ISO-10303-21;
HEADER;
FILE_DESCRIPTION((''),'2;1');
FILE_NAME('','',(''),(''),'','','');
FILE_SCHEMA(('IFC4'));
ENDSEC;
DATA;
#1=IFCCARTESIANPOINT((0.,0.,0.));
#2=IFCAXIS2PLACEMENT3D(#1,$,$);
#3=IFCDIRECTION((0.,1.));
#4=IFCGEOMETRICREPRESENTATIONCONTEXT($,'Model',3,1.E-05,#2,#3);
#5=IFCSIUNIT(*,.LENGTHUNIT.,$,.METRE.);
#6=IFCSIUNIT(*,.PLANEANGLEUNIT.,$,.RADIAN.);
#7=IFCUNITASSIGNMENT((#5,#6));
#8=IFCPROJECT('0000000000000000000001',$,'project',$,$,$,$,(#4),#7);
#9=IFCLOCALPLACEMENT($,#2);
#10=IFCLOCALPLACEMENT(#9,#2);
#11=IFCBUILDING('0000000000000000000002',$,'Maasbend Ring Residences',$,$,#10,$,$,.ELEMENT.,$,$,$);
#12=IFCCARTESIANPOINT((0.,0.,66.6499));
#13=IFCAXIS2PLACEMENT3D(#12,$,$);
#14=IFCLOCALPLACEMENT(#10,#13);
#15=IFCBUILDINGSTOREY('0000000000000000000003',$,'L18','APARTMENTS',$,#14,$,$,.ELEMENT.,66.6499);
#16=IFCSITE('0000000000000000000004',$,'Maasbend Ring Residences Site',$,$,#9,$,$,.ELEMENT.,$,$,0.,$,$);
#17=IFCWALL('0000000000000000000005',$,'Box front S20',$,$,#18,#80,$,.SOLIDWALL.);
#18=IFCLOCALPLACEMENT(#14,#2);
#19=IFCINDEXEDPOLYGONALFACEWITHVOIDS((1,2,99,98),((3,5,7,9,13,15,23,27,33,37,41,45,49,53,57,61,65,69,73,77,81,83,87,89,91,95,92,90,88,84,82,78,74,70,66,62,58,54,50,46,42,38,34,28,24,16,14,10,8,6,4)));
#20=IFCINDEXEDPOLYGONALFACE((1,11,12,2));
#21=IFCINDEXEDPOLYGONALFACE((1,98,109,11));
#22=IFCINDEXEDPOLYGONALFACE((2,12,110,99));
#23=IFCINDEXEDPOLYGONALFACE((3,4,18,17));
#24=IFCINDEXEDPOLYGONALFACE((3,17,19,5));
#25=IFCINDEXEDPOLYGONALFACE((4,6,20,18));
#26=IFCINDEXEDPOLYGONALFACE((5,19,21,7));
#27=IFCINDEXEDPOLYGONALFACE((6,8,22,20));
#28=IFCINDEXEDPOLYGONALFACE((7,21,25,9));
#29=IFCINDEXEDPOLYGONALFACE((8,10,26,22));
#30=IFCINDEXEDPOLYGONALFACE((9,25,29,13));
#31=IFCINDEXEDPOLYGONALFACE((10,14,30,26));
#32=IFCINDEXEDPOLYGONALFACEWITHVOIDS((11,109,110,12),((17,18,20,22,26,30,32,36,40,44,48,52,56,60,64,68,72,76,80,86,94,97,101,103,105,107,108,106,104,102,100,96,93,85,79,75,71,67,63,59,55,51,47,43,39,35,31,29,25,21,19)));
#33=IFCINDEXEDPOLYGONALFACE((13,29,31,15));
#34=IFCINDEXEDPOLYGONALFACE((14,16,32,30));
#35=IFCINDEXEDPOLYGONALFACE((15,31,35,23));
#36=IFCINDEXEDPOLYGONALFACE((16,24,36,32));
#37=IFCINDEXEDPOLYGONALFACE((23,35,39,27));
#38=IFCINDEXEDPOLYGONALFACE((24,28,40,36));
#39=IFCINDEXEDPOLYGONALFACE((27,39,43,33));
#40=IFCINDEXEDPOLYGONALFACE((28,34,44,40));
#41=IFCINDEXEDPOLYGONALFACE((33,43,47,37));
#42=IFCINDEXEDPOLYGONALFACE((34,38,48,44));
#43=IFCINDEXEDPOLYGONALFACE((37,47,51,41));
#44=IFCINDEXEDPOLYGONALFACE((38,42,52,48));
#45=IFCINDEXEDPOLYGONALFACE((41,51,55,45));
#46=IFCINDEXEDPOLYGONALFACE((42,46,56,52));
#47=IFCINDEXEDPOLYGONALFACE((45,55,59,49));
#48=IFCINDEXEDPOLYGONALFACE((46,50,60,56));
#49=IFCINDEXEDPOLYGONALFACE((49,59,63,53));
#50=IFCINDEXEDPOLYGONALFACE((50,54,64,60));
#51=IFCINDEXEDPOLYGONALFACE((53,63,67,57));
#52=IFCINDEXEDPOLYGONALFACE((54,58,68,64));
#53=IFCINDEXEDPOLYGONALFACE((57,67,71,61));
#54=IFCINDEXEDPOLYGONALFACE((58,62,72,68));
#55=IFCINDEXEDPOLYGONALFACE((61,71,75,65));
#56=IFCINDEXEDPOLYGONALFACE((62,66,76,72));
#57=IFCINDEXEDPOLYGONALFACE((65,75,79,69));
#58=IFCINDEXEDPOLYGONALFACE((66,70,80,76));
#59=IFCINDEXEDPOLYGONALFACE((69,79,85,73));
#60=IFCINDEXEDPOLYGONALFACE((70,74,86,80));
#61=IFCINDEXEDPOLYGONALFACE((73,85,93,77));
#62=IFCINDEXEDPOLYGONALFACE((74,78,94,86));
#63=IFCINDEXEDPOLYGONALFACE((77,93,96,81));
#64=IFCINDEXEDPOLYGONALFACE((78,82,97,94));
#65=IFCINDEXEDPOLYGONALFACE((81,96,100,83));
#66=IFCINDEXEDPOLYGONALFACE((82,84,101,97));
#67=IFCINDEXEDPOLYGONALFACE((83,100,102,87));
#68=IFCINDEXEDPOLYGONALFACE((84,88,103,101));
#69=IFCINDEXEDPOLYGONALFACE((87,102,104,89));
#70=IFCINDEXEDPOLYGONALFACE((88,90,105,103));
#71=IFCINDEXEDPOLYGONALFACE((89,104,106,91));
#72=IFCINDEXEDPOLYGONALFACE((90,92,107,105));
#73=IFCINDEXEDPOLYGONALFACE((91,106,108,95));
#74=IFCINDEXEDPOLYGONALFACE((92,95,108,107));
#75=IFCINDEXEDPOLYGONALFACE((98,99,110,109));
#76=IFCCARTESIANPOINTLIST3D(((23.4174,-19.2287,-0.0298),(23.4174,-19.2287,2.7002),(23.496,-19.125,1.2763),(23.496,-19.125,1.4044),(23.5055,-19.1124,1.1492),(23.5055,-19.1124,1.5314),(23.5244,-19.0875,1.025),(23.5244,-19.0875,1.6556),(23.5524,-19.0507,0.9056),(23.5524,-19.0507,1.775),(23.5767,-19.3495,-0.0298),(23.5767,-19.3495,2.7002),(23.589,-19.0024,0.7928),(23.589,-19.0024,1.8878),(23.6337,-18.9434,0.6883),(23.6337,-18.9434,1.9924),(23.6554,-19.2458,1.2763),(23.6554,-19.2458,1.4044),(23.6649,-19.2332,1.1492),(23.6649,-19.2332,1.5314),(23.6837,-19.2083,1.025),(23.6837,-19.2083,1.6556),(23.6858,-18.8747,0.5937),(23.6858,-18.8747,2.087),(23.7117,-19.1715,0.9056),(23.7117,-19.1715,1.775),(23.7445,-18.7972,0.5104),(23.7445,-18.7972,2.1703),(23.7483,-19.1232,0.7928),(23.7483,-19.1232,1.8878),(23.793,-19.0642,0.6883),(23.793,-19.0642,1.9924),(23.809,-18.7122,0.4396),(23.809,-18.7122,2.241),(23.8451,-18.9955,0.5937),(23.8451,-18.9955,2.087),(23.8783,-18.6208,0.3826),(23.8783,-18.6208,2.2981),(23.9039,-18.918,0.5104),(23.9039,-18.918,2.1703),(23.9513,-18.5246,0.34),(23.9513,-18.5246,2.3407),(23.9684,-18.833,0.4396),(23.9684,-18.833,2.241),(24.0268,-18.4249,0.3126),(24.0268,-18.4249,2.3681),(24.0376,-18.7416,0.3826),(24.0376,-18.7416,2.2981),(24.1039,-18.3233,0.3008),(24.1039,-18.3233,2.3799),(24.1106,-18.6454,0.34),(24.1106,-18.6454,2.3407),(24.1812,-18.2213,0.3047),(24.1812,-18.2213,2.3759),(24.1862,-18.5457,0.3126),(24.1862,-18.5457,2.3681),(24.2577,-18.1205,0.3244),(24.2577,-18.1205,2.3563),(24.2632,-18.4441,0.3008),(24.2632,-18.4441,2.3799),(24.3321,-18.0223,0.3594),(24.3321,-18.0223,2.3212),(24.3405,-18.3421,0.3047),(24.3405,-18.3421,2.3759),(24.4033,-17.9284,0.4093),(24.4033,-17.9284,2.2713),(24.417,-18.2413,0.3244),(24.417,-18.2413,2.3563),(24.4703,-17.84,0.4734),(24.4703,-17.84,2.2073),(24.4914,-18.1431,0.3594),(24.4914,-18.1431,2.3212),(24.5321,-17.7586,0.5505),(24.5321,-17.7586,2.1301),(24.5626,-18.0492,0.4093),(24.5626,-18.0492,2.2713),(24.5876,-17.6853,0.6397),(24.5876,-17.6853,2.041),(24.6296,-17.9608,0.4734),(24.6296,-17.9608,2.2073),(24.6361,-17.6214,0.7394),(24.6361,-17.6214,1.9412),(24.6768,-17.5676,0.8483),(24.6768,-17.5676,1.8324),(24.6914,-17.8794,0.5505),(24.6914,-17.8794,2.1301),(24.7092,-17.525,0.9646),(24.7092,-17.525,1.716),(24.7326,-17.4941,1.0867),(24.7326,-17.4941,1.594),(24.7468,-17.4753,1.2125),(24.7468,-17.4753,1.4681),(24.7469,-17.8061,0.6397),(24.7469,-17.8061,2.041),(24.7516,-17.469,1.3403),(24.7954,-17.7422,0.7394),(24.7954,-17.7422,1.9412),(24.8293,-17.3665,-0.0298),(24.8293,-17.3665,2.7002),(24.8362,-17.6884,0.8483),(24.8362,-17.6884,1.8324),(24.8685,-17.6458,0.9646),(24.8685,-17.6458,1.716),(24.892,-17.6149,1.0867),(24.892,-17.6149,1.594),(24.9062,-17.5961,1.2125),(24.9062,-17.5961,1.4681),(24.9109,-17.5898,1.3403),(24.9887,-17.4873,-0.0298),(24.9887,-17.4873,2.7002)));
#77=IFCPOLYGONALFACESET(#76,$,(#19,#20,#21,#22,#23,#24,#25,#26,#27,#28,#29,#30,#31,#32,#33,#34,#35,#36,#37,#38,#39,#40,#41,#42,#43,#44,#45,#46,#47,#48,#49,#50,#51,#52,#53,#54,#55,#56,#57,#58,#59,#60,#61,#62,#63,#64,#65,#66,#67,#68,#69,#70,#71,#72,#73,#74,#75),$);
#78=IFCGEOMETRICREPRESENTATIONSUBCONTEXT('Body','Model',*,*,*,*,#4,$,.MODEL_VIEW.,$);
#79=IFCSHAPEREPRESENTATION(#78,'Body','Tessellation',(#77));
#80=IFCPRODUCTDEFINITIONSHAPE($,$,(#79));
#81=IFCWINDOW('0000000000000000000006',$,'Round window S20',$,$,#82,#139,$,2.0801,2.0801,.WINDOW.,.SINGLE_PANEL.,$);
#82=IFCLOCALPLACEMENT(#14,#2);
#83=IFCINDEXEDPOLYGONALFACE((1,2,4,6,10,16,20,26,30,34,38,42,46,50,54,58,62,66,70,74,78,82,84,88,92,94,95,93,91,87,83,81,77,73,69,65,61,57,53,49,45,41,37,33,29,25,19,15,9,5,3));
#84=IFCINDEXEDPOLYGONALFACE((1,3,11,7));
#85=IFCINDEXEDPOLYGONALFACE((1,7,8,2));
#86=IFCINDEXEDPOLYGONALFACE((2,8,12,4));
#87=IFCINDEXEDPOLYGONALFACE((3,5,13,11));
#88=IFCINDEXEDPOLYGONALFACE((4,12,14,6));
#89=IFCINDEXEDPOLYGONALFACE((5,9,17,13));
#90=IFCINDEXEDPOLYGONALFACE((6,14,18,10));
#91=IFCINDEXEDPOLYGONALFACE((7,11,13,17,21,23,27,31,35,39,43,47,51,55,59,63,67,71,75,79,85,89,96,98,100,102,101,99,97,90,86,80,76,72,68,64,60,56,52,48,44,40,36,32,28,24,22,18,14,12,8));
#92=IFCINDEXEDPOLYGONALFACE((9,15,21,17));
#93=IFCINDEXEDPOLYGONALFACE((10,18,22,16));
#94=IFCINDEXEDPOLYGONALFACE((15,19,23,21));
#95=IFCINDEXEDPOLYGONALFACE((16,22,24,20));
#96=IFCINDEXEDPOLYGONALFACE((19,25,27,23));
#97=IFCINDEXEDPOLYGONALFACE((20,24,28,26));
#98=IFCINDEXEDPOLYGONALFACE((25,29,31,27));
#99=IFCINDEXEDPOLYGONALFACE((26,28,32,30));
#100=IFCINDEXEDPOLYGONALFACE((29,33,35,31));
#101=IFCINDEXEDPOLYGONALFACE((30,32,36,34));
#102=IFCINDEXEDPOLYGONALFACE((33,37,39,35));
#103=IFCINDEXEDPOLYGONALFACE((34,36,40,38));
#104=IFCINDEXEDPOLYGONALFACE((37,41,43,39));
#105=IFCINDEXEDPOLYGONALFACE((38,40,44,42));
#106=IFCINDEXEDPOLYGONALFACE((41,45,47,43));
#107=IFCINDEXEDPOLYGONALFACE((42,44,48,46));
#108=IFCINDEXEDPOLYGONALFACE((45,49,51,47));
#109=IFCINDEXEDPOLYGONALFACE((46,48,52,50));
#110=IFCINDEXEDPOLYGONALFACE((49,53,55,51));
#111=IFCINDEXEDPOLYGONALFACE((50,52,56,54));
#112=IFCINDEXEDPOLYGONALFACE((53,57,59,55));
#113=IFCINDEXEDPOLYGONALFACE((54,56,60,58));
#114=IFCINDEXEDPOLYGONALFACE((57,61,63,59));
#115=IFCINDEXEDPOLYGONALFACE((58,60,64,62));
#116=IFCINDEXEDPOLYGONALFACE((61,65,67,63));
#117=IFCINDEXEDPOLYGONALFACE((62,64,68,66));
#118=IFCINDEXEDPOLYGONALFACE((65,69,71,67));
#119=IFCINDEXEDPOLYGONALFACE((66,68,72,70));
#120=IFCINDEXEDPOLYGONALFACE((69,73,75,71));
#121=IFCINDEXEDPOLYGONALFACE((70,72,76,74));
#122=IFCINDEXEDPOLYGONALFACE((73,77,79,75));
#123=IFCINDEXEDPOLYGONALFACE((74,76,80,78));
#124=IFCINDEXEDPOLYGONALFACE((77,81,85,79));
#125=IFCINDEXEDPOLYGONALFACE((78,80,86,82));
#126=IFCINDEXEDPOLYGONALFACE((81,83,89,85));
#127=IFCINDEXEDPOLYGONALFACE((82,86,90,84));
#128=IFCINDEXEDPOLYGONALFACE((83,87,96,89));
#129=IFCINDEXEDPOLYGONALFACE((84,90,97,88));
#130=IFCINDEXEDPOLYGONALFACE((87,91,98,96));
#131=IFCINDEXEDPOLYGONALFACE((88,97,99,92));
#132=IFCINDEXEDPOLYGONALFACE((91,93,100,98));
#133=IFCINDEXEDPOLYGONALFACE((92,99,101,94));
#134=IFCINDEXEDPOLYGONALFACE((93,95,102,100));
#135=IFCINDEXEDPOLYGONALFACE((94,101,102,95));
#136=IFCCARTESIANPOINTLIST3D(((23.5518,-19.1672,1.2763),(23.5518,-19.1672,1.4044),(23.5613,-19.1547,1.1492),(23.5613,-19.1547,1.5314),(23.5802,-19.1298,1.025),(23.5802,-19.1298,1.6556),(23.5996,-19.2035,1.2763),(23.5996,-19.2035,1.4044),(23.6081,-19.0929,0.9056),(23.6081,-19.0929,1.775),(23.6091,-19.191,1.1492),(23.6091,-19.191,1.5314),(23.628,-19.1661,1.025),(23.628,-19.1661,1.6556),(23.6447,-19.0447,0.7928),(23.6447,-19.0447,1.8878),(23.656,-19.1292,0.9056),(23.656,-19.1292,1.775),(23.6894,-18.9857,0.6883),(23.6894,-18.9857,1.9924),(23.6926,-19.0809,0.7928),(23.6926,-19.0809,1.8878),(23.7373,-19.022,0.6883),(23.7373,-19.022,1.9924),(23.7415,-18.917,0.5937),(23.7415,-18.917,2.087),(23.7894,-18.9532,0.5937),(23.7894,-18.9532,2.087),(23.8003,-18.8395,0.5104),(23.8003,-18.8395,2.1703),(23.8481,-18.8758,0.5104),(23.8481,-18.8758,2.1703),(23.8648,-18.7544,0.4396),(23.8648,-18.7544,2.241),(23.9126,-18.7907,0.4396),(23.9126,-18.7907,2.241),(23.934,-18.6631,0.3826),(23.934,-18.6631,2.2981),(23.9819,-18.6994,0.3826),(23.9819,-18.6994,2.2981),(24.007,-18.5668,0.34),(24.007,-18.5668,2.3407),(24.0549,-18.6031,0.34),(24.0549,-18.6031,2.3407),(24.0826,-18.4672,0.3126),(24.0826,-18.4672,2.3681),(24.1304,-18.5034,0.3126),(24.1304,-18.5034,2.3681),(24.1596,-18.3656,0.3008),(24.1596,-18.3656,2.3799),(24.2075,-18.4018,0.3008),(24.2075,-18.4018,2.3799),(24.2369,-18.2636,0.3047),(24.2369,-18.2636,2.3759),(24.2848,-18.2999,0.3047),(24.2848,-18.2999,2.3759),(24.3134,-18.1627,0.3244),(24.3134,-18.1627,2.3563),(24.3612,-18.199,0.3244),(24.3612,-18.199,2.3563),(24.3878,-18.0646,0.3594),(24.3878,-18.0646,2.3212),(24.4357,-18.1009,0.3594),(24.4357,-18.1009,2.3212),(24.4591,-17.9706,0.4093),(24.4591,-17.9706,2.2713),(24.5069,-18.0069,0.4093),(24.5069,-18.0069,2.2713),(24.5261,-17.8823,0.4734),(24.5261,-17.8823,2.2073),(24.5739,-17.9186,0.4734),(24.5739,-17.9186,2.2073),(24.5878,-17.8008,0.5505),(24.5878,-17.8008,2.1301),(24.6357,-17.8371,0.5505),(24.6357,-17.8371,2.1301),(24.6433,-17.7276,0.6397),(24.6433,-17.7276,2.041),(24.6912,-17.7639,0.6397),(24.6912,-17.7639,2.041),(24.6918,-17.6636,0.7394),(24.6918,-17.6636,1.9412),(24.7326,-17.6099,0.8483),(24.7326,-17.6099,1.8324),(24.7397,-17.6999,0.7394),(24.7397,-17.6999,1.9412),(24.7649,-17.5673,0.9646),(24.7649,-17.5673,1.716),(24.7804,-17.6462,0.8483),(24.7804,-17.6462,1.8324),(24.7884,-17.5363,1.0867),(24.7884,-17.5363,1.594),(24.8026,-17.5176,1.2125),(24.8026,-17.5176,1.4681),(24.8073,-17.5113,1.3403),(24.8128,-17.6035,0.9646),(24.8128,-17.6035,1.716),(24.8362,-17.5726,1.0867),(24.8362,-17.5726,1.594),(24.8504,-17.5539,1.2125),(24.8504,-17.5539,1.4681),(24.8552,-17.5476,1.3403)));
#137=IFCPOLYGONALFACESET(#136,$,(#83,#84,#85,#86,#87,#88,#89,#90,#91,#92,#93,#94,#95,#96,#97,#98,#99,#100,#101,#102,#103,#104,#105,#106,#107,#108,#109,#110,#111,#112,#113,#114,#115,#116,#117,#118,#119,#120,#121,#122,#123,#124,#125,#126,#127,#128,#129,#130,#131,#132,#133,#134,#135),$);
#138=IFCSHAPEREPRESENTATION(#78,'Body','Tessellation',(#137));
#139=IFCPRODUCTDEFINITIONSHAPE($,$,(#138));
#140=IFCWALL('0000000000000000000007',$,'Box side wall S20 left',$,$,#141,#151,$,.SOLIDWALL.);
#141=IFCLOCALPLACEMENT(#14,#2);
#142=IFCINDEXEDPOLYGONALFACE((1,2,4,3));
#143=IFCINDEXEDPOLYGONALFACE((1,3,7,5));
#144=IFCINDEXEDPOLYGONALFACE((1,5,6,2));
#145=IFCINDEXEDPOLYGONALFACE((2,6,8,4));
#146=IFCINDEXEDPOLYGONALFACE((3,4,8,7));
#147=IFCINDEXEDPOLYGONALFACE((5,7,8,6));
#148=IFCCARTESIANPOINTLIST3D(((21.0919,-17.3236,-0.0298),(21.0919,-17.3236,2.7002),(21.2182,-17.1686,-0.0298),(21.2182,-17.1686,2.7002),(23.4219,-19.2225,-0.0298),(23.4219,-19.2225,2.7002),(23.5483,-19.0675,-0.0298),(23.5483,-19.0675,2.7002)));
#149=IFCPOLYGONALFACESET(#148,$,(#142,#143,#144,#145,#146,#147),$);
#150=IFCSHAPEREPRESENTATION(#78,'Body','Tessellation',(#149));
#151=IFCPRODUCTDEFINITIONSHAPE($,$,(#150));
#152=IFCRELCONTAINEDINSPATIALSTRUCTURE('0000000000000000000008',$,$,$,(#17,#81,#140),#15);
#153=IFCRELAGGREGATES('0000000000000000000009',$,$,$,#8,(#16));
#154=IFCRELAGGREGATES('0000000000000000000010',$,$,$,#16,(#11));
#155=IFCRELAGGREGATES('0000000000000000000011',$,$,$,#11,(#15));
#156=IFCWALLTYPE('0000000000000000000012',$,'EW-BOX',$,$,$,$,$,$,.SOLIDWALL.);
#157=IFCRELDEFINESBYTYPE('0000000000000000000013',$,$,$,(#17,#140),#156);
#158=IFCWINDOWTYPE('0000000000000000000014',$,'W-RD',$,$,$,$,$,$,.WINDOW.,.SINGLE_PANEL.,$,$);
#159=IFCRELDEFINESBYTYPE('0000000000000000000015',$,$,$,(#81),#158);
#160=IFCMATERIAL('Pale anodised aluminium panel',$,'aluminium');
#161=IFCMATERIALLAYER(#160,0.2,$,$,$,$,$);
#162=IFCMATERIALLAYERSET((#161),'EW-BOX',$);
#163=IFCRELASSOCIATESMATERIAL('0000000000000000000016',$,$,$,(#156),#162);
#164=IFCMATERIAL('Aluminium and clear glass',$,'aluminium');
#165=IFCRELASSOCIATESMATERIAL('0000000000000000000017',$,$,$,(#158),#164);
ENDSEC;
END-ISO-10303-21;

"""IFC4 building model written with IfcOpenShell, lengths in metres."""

from ifc_helpers import new_model, si_unit, direction, frame, frame_2d, origin, place, context, subcontext, project, spatial, rectangle, circle, extrude, material, layer, layer_set, type_object, element, fill, save


model = new_model("IFC4")

# Units and contexts
model_context = context("Model", 3, precision=1e-05, world=origin(), true_north=direction((0.0, 1.0)))
body_context = subcontext(model_context, "Body", "Model", "MODEL_VIEW")
ifc_project = project(units=[si_unit("LENGTHUNIT", "METRE"), si_unit("PLANEANGLEUNIT", "RADIAN")], contexts=[model_context])

# Site, building, storey
site_placement = place(None, origin())
site = spatial("IfcSite", under=ifc_project, at=site_placement, Name="Maasbend Ring Residences Site", CompositionType="ELEMENT", RefElevation=0.0)
building_placement = place(site_placement, origin())
building = spatial("IfcBuilding", under=site, at=building_placement, Name="Maasbend Ring Residences", CompositionType="ELEMENT")
storey_placement = place(building_placement, frame((0.0, 0.0, 66.6499)))
storey = spatial("IfcBuildingStorey", under=building, at=storey_placement, Name="L18", Description="APARTMENTS", CompositionType="ELEMENT", Elevation=66.6499)

# Shared definitions
ifc_material_1 = material(Name="Pale anodised aluminium panel", Category="aluminium")
ifc_layer_1 = layer(ifc_material_1, 0.2)
ifc_layer_set_1 = layer_set([ifc_layer_1], Name="EW-BOX")
wall_type_1 = type_object("IfcWallType", Name="EW-BOX", PredefinedType="SOLIDWALL", material=ifc_layer_set_1)
ifc_material_2 = material(Name="Aluminium and clear glass", Category="aluminium")
window_type_1 = type_object("IfcWindowType", Name="W-RD", PartitioningType="SINGLE_PANEL", PredefinedType="WINDOW", material=ifc_material_2)

# Wall, opening, window
wall_1_placement = place(storey_placement, frame((23.4971, -19.2891, -0.0298), z_axis=(0.0, 0.0, 1.0), x_axis=(0.604188, 0.796842, 0.0)))
wall_1 = element("IfcWall", 1, at=wall_1_placement, inside=storey, type_object=wall_type_1, Name="Box front S20", PredefinedType="SOLIDWALL", context=body_context, shape_type="SweptSolid", body=[
    extrude(rectangle(XDim=2.3369, YDim=0.2, at=frame_2d((1.1685, 0.0))), origin(), (0.0, 0.0, 1.0), 2.73),
])
opening_1_placement = place(wall_1_placement, frame((0.1282, 0.0, 0.3301)))
opening_1 = element("IfcOpeningElement", 2, at=opening_1_placement, cuts=wall_1, PredefinedType="OPENING", context=body_context, shape_type="SweptSolid", body=[
    extrude(circle(Radius=1.04, at=frame_2d((1.04, 1.04))), frame((0.0, 0.1099, 0.0), z_axis=(0.0, -1.0, 0.0), x_axis=(1.0, 0.0, 0.0)), (0.0, 0.0, 1.0), 0.22),
])
window_1_placement = place(opening_1_placement, origin())
window_1 = element("IfcWindow", 3, at=window_1_placement, inside=storey, type_object=window_type_1, Name="Round window S20", OverallHeight=2.0801, OverallWidth=2.0801, PartitioningType="SINGLE_PANEL", PredefinedType="WINDOW", context=body_context, shape_type="SweptSolid", body=[
    extrude(circle(Radius=1.04, at=frame_2d((1.04, 1.04))), frame((0.0, 0.03, 0.0), z_axis=(0.0, -1.0, 0.0), x_axis=(1.0, 0.0, 0.0)), (0.0, 0.0, 1.0), 0.0601),
])
fill(opening_1, window_1)

# Wall
wall_2_placement = place(storey_placement, frame((21.155, -17.2461, -0.0298), z_axis=(0.0, 0.0, 1.0), x_axis=(0.775179, -0.631742, 0.0)))
element("IfcWall", 4, at=wall_2_placement, inside=storey, type_object=wall_type_1, Name="Box side wall S20 left", PredefinedType="SOLIDWALL", context=body_context, shape_type="SweptSolid", body=[
    extrude(rectangle(XDim=3.0059, YDim=0.2, at=frame_2d((1.5029, 0.0))), origin(), (0.0, 0.0, 1.0), 2.73),
])

save(model, "model.ifc")
